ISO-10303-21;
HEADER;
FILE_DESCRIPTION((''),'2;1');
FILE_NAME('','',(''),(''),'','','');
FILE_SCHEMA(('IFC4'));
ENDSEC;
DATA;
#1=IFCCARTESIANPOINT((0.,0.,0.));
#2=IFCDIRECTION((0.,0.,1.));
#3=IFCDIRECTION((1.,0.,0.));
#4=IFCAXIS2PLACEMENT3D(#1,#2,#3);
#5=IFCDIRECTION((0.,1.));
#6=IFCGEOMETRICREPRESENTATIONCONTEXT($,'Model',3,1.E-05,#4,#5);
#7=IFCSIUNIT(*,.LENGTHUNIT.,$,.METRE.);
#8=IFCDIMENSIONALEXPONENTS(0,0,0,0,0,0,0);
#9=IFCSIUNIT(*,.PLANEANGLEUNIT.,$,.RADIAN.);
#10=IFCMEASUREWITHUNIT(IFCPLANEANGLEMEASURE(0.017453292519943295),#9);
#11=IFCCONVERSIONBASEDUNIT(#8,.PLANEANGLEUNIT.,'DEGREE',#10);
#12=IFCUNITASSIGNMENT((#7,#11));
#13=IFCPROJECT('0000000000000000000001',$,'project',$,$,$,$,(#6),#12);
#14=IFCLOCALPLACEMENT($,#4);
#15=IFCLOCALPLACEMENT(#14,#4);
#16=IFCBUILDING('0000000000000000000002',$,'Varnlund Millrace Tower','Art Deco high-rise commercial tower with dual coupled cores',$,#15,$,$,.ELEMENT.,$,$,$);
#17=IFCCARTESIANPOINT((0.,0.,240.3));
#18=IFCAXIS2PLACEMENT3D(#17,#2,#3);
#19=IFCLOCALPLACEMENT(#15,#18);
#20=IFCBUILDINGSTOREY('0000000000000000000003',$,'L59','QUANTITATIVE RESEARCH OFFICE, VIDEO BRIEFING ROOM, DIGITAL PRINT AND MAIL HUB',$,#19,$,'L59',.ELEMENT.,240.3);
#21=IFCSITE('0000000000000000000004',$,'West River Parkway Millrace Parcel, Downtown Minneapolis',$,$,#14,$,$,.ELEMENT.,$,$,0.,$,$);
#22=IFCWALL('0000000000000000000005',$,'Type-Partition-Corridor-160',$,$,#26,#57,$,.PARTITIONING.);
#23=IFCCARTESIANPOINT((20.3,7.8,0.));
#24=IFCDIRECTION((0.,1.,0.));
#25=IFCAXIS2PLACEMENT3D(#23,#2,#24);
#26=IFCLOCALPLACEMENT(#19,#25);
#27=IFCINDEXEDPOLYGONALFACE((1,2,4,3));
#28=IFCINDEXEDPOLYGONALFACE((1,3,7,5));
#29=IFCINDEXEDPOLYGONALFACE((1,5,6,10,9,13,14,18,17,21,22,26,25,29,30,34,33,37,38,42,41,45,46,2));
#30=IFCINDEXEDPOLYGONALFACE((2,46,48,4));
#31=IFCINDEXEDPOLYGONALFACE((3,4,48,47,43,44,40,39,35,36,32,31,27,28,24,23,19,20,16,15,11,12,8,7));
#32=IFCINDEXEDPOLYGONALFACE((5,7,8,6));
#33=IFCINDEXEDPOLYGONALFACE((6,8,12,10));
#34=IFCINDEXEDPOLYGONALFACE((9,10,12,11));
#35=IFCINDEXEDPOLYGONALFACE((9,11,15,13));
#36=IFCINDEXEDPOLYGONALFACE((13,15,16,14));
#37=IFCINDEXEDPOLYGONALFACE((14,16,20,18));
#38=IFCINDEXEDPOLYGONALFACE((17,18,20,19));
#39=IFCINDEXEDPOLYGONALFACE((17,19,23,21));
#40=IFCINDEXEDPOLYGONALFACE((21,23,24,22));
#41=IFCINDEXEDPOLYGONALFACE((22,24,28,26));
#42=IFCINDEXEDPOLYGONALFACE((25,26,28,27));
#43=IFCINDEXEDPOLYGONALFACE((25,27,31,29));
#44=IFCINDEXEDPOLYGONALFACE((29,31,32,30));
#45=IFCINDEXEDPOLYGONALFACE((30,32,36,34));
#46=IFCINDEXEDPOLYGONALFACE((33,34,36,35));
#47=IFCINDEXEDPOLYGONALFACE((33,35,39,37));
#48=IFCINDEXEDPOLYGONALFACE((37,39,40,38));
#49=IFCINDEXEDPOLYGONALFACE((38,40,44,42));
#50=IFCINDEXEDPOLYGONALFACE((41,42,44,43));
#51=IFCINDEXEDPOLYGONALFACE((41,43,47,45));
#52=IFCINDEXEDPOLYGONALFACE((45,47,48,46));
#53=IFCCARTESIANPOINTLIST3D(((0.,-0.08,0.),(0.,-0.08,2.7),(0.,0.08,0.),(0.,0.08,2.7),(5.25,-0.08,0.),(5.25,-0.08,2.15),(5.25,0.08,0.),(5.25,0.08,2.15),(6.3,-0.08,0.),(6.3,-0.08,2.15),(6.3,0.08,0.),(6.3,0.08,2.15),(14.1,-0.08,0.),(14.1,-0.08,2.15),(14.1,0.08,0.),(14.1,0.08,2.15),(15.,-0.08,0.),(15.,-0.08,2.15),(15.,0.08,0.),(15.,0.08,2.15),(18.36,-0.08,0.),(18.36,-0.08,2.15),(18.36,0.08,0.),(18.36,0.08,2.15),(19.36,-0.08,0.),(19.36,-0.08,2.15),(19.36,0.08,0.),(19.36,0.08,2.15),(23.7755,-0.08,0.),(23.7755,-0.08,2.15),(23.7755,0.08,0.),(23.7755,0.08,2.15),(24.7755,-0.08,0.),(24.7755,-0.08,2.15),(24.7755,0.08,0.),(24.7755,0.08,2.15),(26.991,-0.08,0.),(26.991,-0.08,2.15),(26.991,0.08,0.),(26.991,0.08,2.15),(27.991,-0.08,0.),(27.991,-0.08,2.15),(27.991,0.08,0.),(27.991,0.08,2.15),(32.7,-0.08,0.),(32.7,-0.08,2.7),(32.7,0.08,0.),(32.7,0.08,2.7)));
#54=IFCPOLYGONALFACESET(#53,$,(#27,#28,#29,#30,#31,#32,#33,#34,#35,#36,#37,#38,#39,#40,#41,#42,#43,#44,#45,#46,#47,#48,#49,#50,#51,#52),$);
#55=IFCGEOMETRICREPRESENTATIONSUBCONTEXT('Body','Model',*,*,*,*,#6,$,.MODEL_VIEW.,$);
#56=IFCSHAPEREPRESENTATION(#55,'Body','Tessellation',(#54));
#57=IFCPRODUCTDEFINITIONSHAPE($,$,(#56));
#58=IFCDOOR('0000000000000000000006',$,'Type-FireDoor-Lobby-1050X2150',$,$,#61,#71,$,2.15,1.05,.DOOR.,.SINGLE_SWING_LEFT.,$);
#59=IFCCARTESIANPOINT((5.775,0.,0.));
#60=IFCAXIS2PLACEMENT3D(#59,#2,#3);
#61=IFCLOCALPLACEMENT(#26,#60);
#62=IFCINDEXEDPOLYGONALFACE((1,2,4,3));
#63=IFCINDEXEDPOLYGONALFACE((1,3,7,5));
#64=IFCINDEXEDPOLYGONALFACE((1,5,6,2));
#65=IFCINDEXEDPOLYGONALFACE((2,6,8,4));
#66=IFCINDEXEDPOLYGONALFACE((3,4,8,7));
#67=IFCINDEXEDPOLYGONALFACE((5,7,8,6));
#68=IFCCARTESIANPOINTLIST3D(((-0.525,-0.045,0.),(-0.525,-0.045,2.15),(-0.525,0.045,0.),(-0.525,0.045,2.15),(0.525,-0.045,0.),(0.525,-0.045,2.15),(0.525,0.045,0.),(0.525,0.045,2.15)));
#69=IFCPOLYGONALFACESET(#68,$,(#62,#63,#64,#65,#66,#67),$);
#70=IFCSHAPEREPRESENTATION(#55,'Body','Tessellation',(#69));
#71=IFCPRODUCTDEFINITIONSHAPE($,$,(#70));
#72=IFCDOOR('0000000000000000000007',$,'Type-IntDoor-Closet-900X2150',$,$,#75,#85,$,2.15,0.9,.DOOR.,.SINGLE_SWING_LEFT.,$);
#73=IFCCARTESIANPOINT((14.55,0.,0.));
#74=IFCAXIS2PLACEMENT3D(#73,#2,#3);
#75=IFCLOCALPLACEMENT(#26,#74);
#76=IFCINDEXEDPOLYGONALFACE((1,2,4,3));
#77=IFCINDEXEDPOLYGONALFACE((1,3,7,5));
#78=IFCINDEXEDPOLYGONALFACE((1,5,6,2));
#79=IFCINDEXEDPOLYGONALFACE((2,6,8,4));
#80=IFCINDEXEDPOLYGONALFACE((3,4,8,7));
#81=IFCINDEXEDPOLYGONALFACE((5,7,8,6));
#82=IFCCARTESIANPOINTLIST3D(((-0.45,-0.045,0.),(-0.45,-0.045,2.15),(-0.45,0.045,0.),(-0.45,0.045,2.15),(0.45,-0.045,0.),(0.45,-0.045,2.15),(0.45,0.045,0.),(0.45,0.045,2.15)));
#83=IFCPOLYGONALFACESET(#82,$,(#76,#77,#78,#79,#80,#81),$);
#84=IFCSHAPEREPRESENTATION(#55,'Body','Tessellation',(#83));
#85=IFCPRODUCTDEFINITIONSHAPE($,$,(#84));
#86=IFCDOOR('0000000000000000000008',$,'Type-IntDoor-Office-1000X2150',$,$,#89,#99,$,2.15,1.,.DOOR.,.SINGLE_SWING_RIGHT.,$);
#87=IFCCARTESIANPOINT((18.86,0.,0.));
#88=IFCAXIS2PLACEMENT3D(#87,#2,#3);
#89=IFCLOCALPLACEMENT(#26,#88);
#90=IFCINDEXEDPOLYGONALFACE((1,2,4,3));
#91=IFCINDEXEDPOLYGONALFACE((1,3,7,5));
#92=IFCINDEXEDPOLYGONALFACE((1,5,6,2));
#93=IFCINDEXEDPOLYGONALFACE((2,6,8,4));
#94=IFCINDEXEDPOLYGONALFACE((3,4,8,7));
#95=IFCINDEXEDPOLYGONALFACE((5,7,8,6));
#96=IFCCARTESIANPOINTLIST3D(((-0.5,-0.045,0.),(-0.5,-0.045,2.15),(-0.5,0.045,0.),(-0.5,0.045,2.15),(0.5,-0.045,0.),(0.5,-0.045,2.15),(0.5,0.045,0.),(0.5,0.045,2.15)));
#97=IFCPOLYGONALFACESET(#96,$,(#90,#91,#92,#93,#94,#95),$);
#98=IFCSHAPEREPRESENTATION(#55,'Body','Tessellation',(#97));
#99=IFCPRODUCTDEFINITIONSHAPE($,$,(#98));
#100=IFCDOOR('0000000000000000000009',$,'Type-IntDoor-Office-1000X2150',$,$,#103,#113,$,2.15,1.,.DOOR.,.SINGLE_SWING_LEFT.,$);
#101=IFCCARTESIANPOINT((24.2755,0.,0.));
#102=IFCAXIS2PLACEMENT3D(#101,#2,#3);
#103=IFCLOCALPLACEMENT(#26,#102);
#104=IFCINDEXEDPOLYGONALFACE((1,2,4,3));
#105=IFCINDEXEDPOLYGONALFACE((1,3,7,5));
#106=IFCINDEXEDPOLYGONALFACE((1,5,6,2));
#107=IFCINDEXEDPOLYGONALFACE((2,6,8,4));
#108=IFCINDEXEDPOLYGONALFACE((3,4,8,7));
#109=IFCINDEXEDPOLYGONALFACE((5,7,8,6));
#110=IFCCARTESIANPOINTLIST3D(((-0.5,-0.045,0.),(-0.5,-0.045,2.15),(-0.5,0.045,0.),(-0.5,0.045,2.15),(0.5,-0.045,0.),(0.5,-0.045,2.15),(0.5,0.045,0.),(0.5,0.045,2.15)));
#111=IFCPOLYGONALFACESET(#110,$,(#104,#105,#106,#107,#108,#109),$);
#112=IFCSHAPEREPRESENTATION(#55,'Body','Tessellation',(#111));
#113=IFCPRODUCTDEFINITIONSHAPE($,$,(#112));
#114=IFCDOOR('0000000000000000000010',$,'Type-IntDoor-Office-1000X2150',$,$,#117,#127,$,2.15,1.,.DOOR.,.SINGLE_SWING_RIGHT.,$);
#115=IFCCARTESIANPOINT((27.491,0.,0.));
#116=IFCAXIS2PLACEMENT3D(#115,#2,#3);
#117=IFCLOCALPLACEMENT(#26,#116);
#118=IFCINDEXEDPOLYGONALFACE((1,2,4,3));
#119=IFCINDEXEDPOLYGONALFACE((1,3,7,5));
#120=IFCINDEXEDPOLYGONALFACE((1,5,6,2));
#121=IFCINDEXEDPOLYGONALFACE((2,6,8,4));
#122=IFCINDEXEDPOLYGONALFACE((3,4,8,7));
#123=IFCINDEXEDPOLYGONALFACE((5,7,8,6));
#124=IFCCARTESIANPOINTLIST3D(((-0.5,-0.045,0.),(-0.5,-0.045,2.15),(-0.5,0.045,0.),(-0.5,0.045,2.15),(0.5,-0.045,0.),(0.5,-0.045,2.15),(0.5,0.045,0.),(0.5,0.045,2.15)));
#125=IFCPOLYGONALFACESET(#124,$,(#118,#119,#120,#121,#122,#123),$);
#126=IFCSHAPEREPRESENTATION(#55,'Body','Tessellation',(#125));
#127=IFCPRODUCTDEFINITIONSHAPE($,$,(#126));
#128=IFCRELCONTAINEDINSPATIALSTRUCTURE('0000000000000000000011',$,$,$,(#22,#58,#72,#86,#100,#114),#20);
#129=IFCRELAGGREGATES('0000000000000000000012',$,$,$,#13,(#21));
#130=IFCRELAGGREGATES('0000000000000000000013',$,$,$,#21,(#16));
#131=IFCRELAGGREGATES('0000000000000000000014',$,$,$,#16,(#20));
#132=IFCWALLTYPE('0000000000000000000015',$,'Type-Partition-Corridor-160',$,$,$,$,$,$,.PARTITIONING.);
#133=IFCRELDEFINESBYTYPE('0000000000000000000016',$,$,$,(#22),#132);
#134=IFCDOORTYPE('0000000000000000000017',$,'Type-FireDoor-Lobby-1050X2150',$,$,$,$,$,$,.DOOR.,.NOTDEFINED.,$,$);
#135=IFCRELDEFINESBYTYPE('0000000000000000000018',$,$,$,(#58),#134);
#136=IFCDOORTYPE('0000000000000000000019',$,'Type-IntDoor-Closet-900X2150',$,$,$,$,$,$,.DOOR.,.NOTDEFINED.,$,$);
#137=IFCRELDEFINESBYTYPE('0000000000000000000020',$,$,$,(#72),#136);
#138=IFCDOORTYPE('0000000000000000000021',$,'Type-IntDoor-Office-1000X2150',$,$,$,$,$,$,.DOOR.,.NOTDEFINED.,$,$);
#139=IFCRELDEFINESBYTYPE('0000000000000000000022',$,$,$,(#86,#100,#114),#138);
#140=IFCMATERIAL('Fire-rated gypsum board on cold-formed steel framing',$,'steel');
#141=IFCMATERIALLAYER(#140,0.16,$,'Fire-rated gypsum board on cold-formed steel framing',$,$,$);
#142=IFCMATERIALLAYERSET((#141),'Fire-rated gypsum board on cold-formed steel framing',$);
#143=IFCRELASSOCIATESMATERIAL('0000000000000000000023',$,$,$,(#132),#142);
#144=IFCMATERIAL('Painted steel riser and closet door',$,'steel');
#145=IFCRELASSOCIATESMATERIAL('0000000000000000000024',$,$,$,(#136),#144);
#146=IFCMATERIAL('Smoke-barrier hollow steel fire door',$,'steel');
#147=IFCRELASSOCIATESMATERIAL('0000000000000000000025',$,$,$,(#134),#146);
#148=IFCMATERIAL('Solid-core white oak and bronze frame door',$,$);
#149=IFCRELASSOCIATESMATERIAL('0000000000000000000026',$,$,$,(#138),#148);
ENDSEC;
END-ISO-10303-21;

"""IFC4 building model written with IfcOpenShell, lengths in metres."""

from ifc_helpers import new_model, entity, si_unit, converted_unit, direction, frame, origin_with_axes, origin_2d_with_axis, place, context, subcontext, project, spatial, polyline, rectangle, outline, extrude, material, layer, layer_set, type_object, element, fill, save


model = new_model("IFC4")

# Units and contexts
model_context = context("Model", 3, precision=1e-05, world=origin_with_axes(), true_north=direction((0.0, 1.0)))
body_context = subcontext(model_context, "Body", "Model", "MODEL_VIEW")
ifc_project = project(units=[si_unit("LENGTHUNIT", "METRE"), converted_unit("PLANEANGLEUNIT", "DEGREE", entity("IfcPlaneAngleMeasure", 0.017453292519943295), si_unit("PLANEANGLEUNIT", "RADIAN"), dimensions=[0, 0, 0, 0, 0, 0, 0])], contexts=[model_context])

# Site, building, storey
site_placement = place(None, origin_with_axes())
site = spatial("IfcSite", under=ifc_project, at=site_placement, Name="West River Parkway Millrace Parcel, Downtown Minneapolis", CompositionType="ELEMENT", RefElevation=0.0)
building_placement = place(site_placement, origin_with_axes())
building = spatial("IfcBuilding", under=site, at=building_placement, Name="Varnlund Millrace Tower", Description="Art Deco high-rise commercial tower with dual coupled cores", CompositionType="ELEMENT")
storey_placement = place(building_placement, frame((0.0, 0.0, 240.3), z_axis=(0.0, 0.0, 1.0), x_axis=(1.0, 0.0, 0.0)))
storey = spatial("IfcBuildingStorey", under=building, at=storey_placement, Name="L59", Description="QUANTITATIVE RESEARCH OFFICE, VIDEO BRIEFING ROOM, DIGITAL PRINT AND MAIL HUB", LongName="L59", CompositionType="ELEMENT", Elevation=240.3)

# Shared definitions
ifc_material_1 = material(Name="Fire-rated gypsum board on cold-formed steel framing", Category="steel")
ifc_layer_1 = layer(ifc_material_1, 0.16, Name="Fire-rated gypsum board on cold-formed steel framing")
ifc_layer_set_1 = layer_set([ifc_layer_1], Name="Fire-rated gypsum board on cold-formed steel framing")
wall_type_1 = type_object("IfcWallType", Name="Type-Partition-Corridor-160", PredefinedType="PARTITIONING", material=ifc_layer_set_1)

# Shared definitions
ifc_material_2 = material(Name="Painted steel riser and closet door", Category="steel")
door_type_1 = type_object("IfcDoorType", Name="Type-IntDoor-Closet-900X2150", OperationType="NOTDEFINED", PredefinedType="DOOR", material=ifc_material_2)

# Wall, openings, doors
wall_1_placement = place(storey_placement, frame((20.3, 7.8, 0.0), z_axis=(0.0, 0.0, 1.0), x_axis=(0.0, 1.0, 0.0)))
wall_1 = element("IfcWall", 1, at=wall_1_placement, inside=storey, type_object=wall_type_1, Name="Type-Partition-Corridor-160", PredefinedType="PARTITIONING", context=body_context, shape_type="SweptSolid", body=[
    extrude(outline(polyline([(0.0, -0.08), (32.7, -0.08), (32.7, 0.08), (0.0, 0.08), (0.0, -0.08)])), origin_with_axes(), (0.0, 0.0, 1.0), 2.7),
])
opening_1_placement = place(wall_1_placement, frame((14.55, 0.0, 0.0), z_axis=(0.0, 0.0, 1.0), x_axis=(1.0, 0.0, 0.0)))
opening_1 = element("IfcOpeningElement", 2, at=opening_1_placement, cuts=wall_1, PredefinedType="OPENING", context=body_context, shape_type="SweptSolid", body=[
    extrude(rectangle(XDim=0.9, YDim=0.18, at=origin_2d_with_axis()), origin_with_axes(), (0.0, 0.0, 1.0), 2.15),
])
opening_2_placement = place(wall_1_placement, frame((18.86, 0.0, 0.0), z_axis=(0.0, 0.0, 1.0), x_axis=(1.0, 0.0, 0.0)))
opening_2 = element("IfcOpeningElement", 3, at=opening_2_placement, cuts=wall_1, PredefinedType="OPENING", context=body_context, shape_type="SweptSolid", body=[
    extrude(rectangle(XDim=1.0, YDim=0.18, at=origin_2d_with_axis()), origin_with_axes(), (0.0, 0.0, 1.0), 2.15),
])
opening_3_placement = place(wall_1_placement, frame((24.2755, 0.0, 0.0), z_axis=(0.0, 0.0, 1.0), x_axis=(1.0, 0.0, 0.0)))
opening_3 = element("IfcOpeningElement", 4, at=opening_3_placement, cuts=wall_1, PredefinedType="OPENING", context=body_context, shape_type="SweptSolid", body=[
    extrude(rectangle(XDim=1.0, YDim=0.18, at=origin_2d_with_axis()), origin_with_axes(), (0.0, 0.0, 1.0), 2.15),
])
opening_4_placement = place(wall_1_placement, frame((27.491, 0.0, 0.0), z_axis=(0.0, 0.0, 1.0), x_axis=(1.0, 0.0, 0.0)))
opening_4 = element("IfcOpeningElement", 5, at=opening_4_placement, cuts=wall_1, PredefinedType="OPENING", context=body_context, shape_type="SweptSolid", body=[
    extrude(rectangle(XDim=1.0, YDim=0.18, at=origin_2d_with_axis()), origin_with_axes(), (0.0, 0.0, 1.0), 2.15),
])
opening_5_placement = place(wall_1_placement, frame((5.775, 0.0, 0.0), z_axis=(0.0, 0.0, 1.0), x_axis=(1.0, 0.0, 0.0)))
opening_5 = element("IfcOpeningElement", 6, at=opening_5_placement, cuts=wall_1, PredefinedType="OPENING", context=body_context, shape_type="SweptSolid", body=[
    extrude(rectangle(XDim=1.05, YDim=0.18, at=origin_2d_with_axis()), origin_with_axes(), (0.0, 0.0, 1.0), 2.15),
])
ifc_material_3 = material(Name="Smoke-barrier hollow steel fire door", Category="steel")
door_type_2 = type_object("IfcDoorType", Name="Type-FireDoor-Lobby-1050X2150", OperationType="NOTDEFINED", PredefinedType="DOOR", material=ifc_material_3)
door_1_placement = place(wall_1_placement, frame((5.775, 0.0, 0.0), z_axis=(0.0, 0.0, 1.0), x_axis=(1.0, 0.0, 0.0)))
door_1 = element("IfcDoor", 7, at=door_1_placement, inside=storey, type_object=door_type_2, Name="Type-FireDoor-Lobby-1050X2150", OperationType="SINGLE_SWING_LEFT", OverallHeight=2.15, OverallWidth=1.05, PredefinedType="DOOR", context=body_context, shape_type="SweptSolid", body=[
    extrude(rectangle(XDim=1.05, YDim=0.09, at=origin_2d_with_axis()), origin_with_axes(), (0.0, 0.0, 1.0), 2.15),
])
fill(opening_5, door_1)
door_2_placement = place(wall_1_placement, frame((14.55, 0.0, 0.0), z_axis=(0.0, 0.0, 1.0), x_axis=(1.0, 0.0, 0.0)))
door_2 = element("IfcDoor", 8, at=door_2_placement, inside=storey, type_object=door_type_1, Name="Type-IntDoor-Closet-900X2150", OperationType="SINGLE_SWING_LEFT", OverallHeight=2.15, OverallWidth=0.9, PredefinedType="DOOR", context=body_context, shape_type="SweptSolid", body=[
    extrude(rectangle(XDim=0.9, YDim=0.09, at=origin_2d_with_axis()), origin_with_axes(), (0.0, 0.0, 1.0), 2.15),
])
fill(opening_1, door_2)
ifc_material_4 = material(Name="Solid-core white oak and bronze frame door")
door_type_3 = type_object("IfcDoorType", Name="Type-IntDoor-Office-1000X2150", OperationType="NOTDEFINED", PredefinedType="DOOR", material=ifc_material_4)
door_3_placement = place(wall_1_placement, frame((18.86, 0.0, 0.0), z_axis=(0.0, 0.0, 1.0), x_axis=(1.0, 0.0, 0.0)))
door_3 = element("IfcDoor", 9, at=door_3_placement, inside=storey, type_object=door_type_3, Name="Type-IntDoor-Office-1000X2150", OperationType="SINGLE_SWING_RIGHT", OverallHeight=2.15, OverallWidth=1.0, PredefinedType="DOOR", context=body_context, shape_type="SweptSolid", body=[
    extrude(rectangle(XDim=1.0, YDim=0.09, at=origin_2d_with_axis()), origin_with_axes(), (0.0, 0.0, 1.0), 2.15),
])
fill(opening_2, door_3)
door_4_placement = place(wall_1_placement, frame((24.2755, 0.0, 0.0), z_axis=(0.0, 0.0, 1.0), x_axis=(1.0, 0.0, 0.0)))
door_4 = element("IfcDoor", 10, at=door_4_placement, inside=storey, type_object=door_type_3, Name="Type-IntDoor-Office-1000X2150", OperationType="SINGLE_SWING_LEFT", OverallHeight=2.15, OverallWidth=1.0, PredefinedType="DOOR", context=body_context, shape_type="SweptSolid", body=[
    extrude(rectangle(XDim=1.0, YDim=0.09, at=origin_2d_with_axis()), origin_with_axes(), (0.0, 0.0, 1.0), 2.15),
])
fill(opening_3, door_4)
door_5_placement = place(wall_1_placement, frame((27.491, 0.0, 0.0), z_axis=(0.0, 0.0, 1.0), x_axis=(1.0, 0.0, 0.0)))
door_5 = element("IfcDoor", 11, at=door_5_placement, inside=storey, type_object=door_type_3, Name="Type-IntDoor-Office-1000X2150", OperationType="SINGLE_SWING_RIGHT", OverallHeight=2.15, OverallWidth=1.0, PredefinedType="DOOR", context=body_context, shape_type="SweptSolid", body=[
    extrude(rectangle(XDim=1.0, YDim=0.09, at=origin_2d_with_axis()), origin_with_axes(), (0.0, 0.0, 1.0), 2.15),
])
fill(opening_4, door_5)

save(model, "model.ifc")
